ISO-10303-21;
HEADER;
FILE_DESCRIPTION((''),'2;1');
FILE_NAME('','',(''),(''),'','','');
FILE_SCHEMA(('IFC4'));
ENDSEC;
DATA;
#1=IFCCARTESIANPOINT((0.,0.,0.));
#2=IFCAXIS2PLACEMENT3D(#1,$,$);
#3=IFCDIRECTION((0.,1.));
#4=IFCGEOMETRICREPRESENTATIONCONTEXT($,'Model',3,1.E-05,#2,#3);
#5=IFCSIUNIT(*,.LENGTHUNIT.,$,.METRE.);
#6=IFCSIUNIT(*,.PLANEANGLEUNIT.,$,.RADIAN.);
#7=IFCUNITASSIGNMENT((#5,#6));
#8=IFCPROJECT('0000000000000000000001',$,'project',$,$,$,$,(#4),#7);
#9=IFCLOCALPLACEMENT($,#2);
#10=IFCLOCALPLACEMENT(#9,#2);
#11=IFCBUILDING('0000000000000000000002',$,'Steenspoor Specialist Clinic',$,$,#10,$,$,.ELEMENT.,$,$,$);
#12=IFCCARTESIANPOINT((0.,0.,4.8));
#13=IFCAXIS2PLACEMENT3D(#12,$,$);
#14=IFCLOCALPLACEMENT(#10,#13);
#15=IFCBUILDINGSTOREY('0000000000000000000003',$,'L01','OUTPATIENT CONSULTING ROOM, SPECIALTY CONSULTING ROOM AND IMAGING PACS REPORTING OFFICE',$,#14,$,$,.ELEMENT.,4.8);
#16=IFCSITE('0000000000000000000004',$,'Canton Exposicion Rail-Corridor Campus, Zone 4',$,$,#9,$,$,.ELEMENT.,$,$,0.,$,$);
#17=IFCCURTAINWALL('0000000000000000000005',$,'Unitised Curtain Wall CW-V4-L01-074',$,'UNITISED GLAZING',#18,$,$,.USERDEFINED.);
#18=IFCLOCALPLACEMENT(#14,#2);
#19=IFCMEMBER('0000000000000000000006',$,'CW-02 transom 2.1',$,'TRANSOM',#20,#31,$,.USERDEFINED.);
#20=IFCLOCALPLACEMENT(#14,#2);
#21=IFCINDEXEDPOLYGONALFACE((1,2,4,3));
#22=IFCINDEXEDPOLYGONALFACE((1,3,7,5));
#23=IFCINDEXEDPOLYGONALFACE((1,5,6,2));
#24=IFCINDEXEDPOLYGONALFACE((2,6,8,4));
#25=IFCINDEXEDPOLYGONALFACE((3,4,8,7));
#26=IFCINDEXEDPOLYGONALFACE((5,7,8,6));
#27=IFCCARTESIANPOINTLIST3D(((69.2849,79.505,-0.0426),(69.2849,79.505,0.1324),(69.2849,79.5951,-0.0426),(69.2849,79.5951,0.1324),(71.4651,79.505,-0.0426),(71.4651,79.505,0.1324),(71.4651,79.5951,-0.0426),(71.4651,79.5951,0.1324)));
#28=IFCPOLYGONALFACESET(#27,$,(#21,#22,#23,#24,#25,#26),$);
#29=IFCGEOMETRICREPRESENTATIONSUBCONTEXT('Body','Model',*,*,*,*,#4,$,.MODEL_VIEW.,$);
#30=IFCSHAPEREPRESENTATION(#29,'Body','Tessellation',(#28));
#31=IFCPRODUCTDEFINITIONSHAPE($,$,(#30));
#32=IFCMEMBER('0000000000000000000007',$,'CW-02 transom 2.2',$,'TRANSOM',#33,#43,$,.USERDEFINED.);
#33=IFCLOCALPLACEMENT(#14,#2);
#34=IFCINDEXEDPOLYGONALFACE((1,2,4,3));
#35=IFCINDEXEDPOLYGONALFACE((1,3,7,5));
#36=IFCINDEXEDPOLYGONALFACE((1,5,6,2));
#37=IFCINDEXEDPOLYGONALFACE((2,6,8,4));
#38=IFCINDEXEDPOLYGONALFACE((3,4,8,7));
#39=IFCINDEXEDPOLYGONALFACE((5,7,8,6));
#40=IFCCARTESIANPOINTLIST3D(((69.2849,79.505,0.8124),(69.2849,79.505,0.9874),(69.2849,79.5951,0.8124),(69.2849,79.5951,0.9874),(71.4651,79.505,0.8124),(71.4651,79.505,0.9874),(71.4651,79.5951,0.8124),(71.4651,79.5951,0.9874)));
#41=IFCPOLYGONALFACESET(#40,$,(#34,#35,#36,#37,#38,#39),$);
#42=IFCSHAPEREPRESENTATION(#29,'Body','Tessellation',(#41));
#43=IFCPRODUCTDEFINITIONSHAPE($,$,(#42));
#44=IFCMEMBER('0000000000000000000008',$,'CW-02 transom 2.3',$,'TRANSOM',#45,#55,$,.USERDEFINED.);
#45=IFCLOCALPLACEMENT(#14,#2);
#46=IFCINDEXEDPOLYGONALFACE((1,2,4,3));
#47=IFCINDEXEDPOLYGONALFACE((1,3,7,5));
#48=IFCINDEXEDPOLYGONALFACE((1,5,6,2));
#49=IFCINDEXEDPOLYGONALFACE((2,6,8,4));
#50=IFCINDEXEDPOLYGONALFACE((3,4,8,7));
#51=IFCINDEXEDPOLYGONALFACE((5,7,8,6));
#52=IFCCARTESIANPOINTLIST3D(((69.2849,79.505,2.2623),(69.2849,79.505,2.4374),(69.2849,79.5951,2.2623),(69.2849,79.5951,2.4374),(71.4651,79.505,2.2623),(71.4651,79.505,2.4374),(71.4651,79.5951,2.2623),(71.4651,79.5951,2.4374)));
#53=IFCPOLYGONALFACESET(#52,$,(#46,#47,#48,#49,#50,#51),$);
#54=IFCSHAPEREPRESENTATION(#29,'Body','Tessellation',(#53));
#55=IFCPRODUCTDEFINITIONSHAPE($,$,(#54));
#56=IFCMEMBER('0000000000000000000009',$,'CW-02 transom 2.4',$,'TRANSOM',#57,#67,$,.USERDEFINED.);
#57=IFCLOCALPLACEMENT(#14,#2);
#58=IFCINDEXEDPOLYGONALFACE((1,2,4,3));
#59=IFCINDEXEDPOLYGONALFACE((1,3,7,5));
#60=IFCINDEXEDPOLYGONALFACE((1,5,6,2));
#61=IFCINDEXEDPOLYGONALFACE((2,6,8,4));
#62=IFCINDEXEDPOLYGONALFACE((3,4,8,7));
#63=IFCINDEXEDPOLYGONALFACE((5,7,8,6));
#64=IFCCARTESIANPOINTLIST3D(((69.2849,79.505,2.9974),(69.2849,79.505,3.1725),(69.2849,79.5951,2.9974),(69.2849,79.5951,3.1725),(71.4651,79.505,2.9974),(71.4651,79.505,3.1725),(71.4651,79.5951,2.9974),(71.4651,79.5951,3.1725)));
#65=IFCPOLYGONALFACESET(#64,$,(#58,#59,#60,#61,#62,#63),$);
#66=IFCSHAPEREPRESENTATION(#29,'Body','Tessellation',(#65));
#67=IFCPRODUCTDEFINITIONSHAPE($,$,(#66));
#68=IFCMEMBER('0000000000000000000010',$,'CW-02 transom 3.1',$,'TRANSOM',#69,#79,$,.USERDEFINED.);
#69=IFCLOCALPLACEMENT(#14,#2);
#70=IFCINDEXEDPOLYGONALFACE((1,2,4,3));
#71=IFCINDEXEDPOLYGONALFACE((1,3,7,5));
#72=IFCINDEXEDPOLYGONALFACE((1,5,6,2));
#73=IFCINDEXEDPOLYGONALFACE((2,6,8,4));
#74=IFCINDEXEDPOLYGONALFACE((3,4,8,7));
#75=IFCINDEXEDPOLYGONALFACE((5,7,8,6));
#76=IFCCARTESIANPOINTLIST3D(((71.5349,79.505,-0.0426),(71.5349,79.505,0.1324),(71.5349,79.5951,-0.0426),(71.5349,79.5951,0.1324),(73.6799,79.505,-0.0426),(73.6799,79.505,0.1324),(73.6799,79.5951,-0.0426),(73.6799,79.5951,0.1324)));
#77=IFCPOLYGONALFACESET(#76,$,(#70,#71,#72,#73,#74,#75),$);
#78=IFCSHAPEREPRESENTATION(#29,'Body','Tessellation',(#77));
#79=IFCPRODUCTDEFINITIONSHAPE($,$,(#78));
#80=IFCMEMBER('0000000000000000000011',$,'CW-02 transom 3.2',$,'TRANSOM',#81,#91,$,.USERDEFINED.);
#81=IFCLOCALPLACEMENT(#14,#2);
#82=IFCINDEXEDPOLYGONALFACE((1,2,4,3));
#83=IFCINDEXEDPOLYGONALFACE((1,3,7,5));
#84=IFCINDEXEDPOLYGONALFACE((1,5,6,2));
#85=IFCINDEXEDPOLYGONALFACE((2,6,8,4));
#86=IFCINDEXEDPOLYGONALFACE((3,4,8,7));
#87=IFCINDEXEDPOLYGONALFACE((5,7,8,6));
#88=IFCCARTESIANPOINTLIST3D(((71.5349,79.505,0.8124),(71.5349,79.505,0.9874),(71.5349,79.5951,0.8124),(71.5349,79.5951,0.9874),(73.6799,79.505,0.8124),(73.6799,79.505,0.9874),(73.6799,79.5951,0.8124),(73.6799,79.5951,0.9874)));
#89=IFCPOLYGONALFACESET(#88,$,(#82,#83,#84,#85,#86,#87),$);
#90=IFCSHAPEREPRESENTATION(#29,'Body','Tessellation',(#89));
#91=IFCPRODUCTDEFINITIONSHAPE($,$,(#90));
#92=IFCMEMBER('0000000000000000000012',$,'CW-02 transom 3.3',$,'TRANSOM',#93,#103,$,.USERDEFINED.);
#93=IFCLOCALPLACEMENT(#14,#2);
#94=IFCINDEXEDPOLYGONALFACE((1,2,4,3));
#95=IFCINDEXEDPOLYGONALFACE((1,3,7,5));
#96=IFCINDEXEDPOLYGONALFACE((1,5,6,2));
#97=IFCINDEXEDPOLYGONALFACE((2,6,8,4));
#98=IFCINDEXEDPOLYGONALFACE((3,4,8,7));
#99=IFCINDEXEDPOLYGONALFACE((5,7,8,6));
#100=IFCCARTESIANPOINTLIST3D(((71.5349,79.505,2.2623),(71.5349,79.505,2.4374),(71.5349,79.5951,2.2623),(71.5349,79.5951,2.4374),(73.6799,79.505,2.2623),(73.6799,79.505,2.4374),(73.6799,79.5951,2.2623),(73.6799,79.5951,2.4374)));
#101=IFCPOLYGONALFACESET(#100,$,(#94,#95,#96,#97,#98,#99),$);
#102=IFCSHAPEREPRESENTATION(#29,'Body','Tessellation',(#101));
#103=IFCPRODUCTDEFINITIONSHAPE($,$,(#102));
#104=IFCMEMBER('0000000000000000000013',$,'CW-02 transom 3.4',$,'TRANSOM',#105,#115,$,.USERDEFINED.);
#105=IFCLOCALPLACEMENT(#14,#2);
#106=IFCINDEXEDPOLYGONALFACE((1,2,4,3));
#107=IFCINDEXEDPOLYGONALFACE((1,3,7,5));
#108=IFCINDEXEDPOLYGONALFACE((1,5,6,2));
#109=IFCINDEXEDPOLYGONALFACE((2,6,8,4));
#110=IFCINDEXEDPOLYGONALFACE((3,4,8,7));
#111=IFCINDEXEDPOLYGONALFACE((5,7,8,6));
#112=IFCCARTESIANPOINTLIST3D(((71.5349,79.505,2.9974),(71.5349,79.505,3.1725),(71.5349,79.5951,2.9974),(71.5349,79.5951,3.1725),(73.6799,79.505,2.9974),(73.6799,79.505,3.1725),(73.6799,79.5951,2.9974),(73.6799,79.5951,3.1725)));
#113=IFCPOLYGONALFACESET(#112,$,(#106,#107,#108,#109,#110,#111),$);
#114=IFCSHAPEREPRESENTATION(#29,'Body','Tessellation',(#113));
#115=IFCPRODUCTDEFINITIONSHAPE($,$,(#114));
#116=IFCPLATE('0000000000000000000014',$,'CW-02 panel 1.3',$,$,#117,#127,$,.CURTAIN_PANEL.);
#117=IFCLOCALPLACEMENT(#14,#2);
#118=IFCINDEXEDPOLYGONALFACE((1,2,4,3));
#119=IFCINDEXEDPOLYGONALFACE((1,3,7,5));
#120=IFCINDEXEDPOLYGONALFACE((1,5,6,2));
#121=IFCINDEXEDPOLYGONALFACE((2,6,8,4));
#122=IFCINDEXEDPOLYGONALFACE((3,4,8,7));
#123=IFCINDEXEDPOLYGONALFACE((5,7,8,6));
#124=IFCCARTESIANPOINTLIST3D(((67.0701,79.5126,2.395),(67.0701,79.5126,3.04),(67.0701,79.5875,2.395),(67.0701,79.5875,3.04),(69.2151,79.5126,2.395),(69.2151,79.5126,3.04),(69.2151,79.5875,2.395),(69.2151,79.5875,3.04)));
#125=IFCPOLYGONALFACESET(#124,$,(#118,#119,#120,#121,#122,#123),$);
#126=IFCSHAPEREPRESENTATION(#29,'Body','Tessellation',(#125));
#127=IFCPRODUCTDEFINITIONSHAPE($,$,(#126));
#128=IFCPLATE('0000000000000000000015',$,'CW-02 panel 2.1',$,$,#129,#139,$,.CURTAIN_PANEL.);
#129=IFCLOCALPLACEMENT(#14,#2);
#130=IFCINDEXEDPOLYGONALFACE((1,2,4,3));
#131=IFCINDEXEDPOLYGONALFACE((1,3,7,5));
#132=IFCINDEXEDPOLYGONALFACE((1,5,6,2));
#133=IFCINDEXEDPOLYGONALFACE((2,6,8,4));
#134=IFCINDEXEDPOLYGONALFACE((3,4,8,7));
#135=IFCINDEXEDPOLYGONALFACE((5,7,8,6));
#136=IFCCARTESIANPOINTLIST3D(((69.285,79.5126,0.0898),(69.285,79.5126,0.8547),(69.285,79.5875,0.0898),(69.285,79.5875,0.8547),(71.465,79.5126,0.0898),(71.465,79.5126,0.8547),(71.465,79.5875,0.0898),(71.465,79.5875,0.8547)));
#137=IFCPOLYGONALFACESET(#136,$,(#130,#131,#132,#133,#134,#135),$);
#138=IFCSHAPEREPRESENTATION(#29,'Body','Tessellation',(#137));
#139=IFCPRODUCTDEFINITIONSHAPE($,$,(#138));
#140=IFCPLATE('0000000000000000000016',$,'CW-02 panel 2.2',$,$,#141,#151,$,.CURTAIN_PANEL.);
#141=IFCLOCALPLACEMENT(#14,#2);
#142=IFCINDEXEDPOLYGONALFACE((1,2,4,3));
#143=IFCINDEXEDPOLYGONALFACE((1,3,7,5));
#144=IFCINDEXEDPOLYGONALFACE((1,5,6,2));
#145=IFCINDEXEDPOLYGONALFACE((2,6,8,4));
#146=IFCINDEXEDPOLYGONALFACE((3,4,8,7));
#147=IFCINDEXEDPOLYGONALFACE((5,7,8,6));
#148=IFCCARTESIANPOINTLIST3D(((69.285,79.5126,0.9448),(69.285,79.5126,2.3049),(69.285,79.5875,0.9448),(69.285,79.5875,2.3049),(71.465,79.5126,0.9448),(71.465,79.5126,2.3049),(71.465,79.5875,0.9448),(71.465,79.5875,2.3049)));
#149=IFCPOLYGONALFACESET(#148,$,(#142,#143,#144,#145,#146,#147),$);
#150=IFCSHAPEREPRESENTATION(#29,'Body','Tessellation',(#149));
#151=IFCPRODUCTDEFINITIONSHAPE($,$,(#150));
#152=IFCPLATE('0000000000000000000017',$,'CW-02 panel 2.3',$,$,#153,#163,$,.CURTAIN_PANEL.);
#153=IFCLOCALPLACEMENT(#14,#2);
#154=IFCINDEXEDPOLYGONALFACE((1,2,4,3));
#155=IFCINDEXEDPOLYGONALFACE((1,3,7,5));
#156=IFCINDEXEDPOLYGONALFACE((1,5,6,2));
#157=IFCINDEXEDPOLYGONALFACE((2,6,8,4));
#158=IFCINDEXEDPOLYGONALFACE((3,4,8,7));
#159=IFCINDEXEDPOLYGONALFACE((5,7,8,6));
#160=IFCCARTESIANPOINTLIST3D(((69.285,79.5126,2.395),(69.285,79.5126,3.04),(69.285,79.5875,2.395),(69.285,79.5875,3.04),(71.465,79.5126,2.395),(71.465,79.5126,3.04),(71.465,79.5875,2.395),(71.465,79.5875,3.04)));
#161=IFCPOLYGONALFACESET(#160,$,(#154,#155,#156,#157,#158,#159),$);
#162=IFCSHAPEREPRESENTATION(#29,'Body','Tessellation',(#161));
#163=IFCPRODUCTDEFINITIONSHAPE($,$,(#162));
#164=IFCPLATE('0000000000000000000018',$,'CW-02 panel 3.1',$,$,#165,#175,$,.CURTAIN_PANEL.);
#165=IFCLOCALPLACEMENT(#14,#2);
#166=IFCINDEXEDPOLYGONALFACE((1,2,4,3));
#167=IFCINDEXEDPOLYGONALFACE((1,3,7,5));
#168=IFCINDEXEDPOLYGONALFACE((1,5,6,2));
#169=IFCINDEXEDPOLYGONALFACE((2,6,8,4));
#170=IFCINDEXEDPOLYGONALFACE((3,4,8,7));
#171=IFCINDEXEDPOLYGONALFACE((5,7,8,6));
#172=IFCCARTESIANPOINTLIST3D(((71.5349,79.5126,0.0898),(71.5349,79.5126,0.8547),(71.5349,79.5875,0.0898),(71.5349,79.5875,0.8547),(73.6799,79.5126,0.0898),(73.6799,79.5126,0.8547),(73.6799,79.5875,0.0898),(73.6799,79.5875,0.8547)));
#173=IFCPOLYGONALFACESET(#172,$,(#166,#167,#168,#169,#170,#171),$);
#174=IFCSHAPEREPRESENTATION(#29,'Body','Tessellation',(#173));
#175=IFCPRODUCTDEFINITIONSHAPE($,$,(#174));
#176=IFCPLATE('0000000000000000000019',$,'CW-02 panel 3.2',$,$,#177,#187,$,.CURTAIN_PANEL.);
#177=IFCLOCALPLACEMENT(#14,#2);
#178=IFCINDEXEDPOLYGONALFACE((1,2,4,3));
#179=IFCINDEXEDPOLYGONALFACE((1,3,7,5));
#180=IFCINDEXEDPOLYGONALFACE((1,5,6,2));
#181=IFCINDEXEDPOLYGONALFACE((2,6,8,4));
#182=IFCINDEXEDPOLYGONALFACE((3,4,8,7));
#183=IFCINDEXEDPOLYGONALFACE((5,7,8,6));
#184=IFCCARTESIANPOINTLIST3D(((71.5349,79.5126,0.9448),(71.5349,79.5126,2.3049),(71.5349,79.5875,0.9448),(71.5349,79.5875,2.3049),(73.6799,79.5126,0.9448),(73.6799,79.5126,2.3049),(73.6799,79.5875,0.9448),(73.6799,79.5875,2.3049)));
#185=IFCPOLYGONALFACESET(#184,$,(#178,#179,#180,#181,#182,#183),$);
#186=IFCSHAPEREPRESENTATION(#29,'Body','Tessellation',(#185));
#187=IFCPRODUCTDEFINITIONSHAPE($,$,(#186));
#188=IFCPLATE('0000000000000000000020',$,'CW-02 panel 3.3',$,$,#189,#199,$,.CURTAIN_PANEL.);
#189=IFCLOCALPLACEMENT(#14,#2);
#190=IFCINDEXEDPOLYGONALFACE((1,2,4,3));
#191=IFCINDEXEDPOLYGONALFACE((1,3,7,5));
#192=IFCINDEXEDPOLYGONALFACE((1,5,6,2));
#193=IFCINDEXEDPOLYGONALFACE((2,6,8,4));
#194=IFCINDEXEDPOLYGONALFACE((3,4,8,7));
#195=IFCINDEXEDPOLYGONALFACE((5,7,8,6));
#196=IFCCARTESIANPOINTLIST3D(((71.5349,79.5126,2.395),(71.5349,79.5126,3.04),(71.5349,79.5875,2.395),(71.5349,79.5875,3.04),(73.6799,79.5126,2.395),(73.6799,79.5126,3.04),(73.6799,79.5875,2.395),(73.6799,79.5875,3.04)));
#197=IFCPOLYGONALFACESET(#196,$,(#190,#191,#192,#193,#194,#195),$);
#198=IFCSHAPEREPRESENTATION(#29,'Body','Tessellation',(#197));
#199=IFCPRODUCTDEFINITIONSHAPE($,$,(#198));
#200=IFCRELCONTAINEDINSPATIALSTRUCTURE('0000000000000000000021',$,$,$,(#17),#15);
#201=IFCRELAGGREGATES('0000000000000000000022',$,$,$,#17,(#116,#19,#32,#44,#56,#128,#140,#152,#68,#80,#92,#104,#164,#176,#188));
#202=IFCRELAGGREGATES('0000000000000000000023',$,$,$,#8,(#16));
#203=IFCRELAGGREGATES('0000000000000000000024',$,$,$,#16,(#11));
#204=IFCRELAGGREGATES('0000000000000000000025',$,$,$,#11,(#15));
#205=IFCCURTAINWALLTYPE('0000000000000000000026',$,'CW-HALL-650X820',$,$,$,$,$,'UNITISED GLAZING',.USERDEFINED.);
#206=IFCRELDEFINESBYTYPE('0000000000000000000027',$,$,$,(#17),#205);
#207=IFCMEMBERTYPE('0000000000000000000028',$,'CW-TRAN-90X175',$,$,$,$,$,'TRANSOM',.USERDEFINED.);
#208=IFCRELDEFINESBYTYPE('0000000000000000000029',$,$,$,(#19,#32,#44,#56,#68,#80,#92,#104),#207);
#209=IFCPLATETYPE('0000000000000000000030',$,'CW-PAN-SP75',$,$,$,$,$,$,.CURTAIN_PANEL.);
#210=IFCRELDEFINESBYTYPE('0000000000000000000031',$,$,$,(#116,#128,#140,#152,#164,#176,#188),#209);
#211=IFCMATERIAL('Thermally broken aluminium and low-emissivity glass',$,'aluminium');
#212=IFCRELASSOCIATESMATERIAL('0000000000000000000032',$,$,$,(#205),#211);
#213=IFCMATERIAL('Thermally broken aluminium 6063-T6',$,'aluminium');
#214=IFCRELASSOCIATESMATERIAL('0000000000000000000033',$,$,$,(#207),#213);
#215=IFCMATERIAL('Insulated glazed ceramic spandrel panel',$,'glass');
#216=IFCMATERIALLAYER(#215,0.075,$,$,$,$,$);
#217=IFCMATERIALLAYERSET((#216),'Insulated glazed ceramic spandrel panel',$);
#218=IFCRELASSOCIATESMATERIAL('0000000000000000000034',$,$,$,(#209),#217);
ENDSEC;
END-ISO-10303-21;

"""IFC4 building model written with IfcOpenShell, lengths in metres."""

from ifc_helpers import new_model, si_unit, direction, frame, origin, origin_2d, place, context, subcontext, project, spatial, rectangle, extrude, material, layer, layer_set, material_profile, profile_set, type_object, element, aggregate, save


model = new_model("IFC4")

# Units and contexts
model_context = context("Model", 3, precision=1e-05, world=origin(), true_north=direction((0.0, 1.0)))
body_context = subcontext(model_context, "Body", "Model", "MODEL_VIEW")
ifc_project = project(units=[si_unit("LENGTHUNIT", "METRE"), si_unit("PLANEANGLEUNIT", "RADIAN")], contexts=[model_context])

# Site, building, storey
site_placement = place(None, origin())
site = spatial("IfcSite", under=ifc_project, at=site_placement, Name="Canton Exposicion Rail-Corridor Campus, Zone 4", CompositionType="ELEMENT", RefElevation=0.0)
building_placement = place(site_placement, origin())
building = spatial("IfcBuilding", under=site, at=building_placement, Name="Steenspoor Specialist Clinic", CompositionType="ELEMENT")
storey_placement = place(building_placement, frame((0.0, 0.0, 4.8)))
storey = spatial("IfcBuildingStorey", under=building, at=storey_placement, Name="L01", Description="OUTPATIENT CONSULTING ROOM, SPECIALTY CONSULTING ROOM AND IMAGING PACS REPORTING OFFICE", CompositionType="ELEMENT", Elevation=4.8)

# Shared definitions
ifc_material_1 = material(Name="Thermally broken aluminium and low-emissivity glass", Category="aluminium")
ifc_material_2 = material(Name="Thermally broken aluminium 6063-T6", Category="aluminium")

# Curtain wall
curtain_wall_type_1 = type_object("IfcCurtainWallType", Name="CW-HALL-650X820", ElementType="UNITISED GLAZING", PredefinedType="USERDEFINED", material=ifc_material_1)
curtain_wall_1_placement = place(storey_placement, origin())
curtain_wall_1 = element("IfcCurtainWall", 1, at=curtain_wall_1_placement, inside=storey, type_object=curtain_wall_type_1, Name="Unitised Curtain Wall CW-V4-L01-074", ObjectType="UNITISED GLAZING", PredefinedType="USERDEFINED")

# Members
ifc_material_profile_1 = material_profile(ifc_material_2, rectangle(XDim=0.0901, YDim=0.175, at=origin_2d()), Name="CWT-90X175")
ifc_profile_set_1 = profile_set([ifc_material_profile_1], Name="Thermally broken aluminium 6063-T6")
member_type_1 = type_object("IfcMemberType", Name="CW-TRAN-90X175", ElementType="TRANSOM", PredefinedType="USERDEFINED", material=ifc_profile_set_1)
member_1_placement = place(storey_placement, frame((69.2849, 79.55, 0.0449), z_axis=(1.0, 0.0, 0.0), x_axis=(0.0, 1.0, 0.0)))
member_1 = element("IfcMember", 2, at=member_1_placement, type_object=member_type_1, Name="CW-02 transom 2.1", ObjectType="TRANSOM", PredefinedType="USERDEFINED", context=body_context, shape_type="SweptSolid", body=[
    extrude(rectangle(XDim=0.0901, YDim=0.175, at=origin_2d()), origin(), (0.0, 0.0, 1.0), 2.1802),
])
member_2_placement = place(storey_placement, frame((69.2849, 79.55, 0.8999), z_axis=(1.0, 0.0, 0.0), x_axis=(0.0, 1.0, 0.0)))
member_2 = element("IfcMember", 3, at=member_2_placement, type_object=member_type_1, Name="CW-02 transom 2.2", ObjectType="TRANSOM", PredefinedType="USERDEFINED", context=body_context, shape_type="SweptSolid", body=[
    extrude(rectangle(XDim=0.0901, YDim=0.175, at=origin_2d()), origin(), (0.0, 0.0, 1.0), 2.1802),
])
member_3_placement = place(storey_placement, frame((69.2849, 79.55, 2.3499), z_axis=(1.0, 0.0, 0.0), x_axis=(0.0, 1.0, 0.0)))
member_3 = element("IfcMember", 4, at=member_3_placement, type_object=member_type_1, Name="CW-02 transom 2.3", ObjectType="TRANSOM", PredefinedType="USERDEFINED", context=body_context, shape_type="SweptSolid", body=[
    extrude(rectangle(XDim=0.0901, YDim=0.175, at=origin_2d()), origin(), (0.0, 0.0, 1.0), 2.1802),
])
member_4_placement = place(storey_placement, frame((69.2849, 79.55, 3.085), z_axis=(1.0, 0.0, 0.0), x_axis=(0.0, 1.0, 0.0)))
member_4 = element("IfcMember", 5, at=member_4_placement, type_object=member_type_1, Name="CW-02 transom 2.4", ObjectType="TRANSOM", PredefinedType="USERDEFINED", context=body_context, shape_type="SweptSolid", body=[
    extrude(rectangle(XDim=0.0901, YDim=0.175, at=origin_2d()), origin(), (0.0, 0.0, 1.0), 2.1802),
])
member_5_placement = place(storey_placement, frame((71.5349, 79.55, 0.0449), z_axis=(1.0, 0.0, 0.0), x_axis=(0.0, 1.0, 0.0)))
member_5 = element("IfcMember", 6, at=member_5_placement, type_object=member_type_1, Name="CW-02 transom 3.1", ObjectType="TRANSOM", PredefinedType="USERDEFINED", context=body_context, shape_type="SweptSolid", body=[
    extrude(rectangle(XDim=0.0901, YDim=0.175, at=origin_2d()), origin(), (0.0, 0.0, 1.0), 2.145),
])
member_6_placement = place(storey_placement, frame((71.5349, 79.55, 0.8999), z_axis=(1.0, 0.0, 0.0), x_axis=(0.0, 1.0, 0.0)))
member_6 = element("IfcMember", 7, at=member_6_placement, type_object=member_type_1, Name="CW-02 transom 3.2", ObjectType="TRANSOM", PredefinedType="USERDEFINED", context=body_context, shape_type="SweptSolid", body=[
    extrude(rectangle(XDim=0.0901, YDim=0.175, at=origin_2d()), origin(), (0.0, 0.0, 1.0), 2.145),
])
member_7_placement = place(storey_placement, frame((71.5349, 79.55, 2.3499), z_axis=(1.0, 0.0, 0.0), x_axis=(0.0, 1.0, 0.0)))
member_7 = element("IfcMember", 8, at=member_7_placement, type_object=member_type_1, Name="CW-02 transom 3.3", ObjectType="TRANSOM", PredefinedType="USERDEFINED", context=body_context, shape_type="SweptSolid", body=[
    extrude(rectangle(XDim=0.0901, YDim=0.175, at=origin_2d()), origin(), (0.0, 0.0, 1.0), 2.145),
])
member_8_placement = place(storey_placement, frame((71.5349, 79.55, 3.085), z_axis=(1.0, 0.0, 0.0), x_axis=(0.0, 1.0, 0.0)))
member_8 = element("IfcMember", 9, at=member_8_placement, type_object=member_type_1, Name="CW-02 transom 3.4", ObjectType="TRANSOM", PredefinedType="USERDEFINED", context=body_context, shape_type="SweptSolid", body=[
    extrude(rectangle(XDim=0.0901, YDim=0.175, at=origin_2d()), origin(), (0.0, 0.0, 1.0), 2.145),
])

# Plates
ifc_material_3 = material(Name="Insulated glazed ceramic spandrel panel", Category="glass")
ifc_layer_1 = layer(ifc_material_3, 0.075)
ifc_layer_set_1 = layer_set([ifc_layer_1], Name="Insulated glazed ceramic spandrel panel")
plate_type = type_object("IfcPlateType", Name="CW-PAN-SP75", PredefinedType="CURTAIN_PANEL", material=ifc_layer_set_1)
plate_1_placement = place(storey_placement, frame((68.1426, 79.55, 2.395), z_axis=(0.0, 0.0, 1.0), x_axis=(1.0, 0.0, 0.0)))
plate_1 = element("IfcPlate", 10, at=plate_1_placement, type_object=plate_type, Name="CW-02 panel 1.3", PredefinedType="CURTAIN_PANEL", context=body_context, shape_type="SweptSolid", body=[
    extrude(rectangle(XDim=2.145, YDim=0.075, at=origin_2d()), origin(), (0.0, 0.0, 1.0), 0.645),
])
plate_2_placement = place(storey_placement, frame((70.375, 79.55, 0.0898), z_axis=(0.0, 0.0, 1.0), x_axis=(1.0, 0.0, 0.0)))
plate_2 = element("IfcPlate", 11, at=plate_2_placement, type_object=plate_type, Name="CW-02 panel 2.1", PredefinedType="CURTAIN_PANEL", context=body_context, shape_type="SweptSolid", body=[
    extrude(rectangle(XDim=2.1799, YDim=0.075, at=origin_2d()), origin(), (0.0, 0.0, 1.0), 0.7649),
])
plate_3_placement = place(storey_placement, frame((70.375, 79.55, 0.9448), z_axis=(0.0, 0.0, 1.0), x_axis=(1.0, 0.0, 0.0)))
plate_3 = element("IfcPlate", 12, at=plate_3_placement, type_object=plate_type, Name="CW-02 panel 2.2", PredefinedType="CURTAIN_PANEL", context=body_context, shape_type="SweptSolid", body=[
    extrude(rectangle(XDim=2.1799, YDim=0.075, at=origin_2d()), origin(), (0.0, 0.0, 1.0), 1.3601),
])
plate_4_placement = place(storey_placement, frame((70.375, 79.55, 2.395), z_axis=(0.0, 0.0, 1.0), x_axis=(1.0, 0.0, 0.0)))
plate_4 = element("IfcPlate", 13, at=plate_4_placement, type_object=plate_type, Name="CW-02 panel 2.3", PredefinedType="CURTAIN_PANEL", context=body_context, shape_type="SweptSolid", body=[
    extrude(rectangle(XDim=2.1799, YDim=0.075, at=origin_2d()), origin(), (0.0, 0.0, 1.0), 0.645),
])
plate_5_placement = place(storey_placement, frame((72.6074, 79.55, 0.0898), z_axis=(0.0, 0.0, 1.0), x_axis=(1.0, 0.0, 0.0)))
plate_5 = element("IfcPlate", 14, at=plate_5_placement, type_object=plate_type, Name="CW-02 panel 3.1", PredefinedType="CURTAIN_PANEL", context=body_context, shape_type="SweptSolid", body=[
    extrude(rectangle(XDim=2.145, YDim=0.075, at=origin_2d()), origin(), (0.0, 0.0, 1.0), 0.7649),
])
plate_6_placement = place(storey_placement, frame((72.6074, 79.55, 0.9448), z_axis=(0.0, 0.0, 1.0), x_axis=(1.0, 0.0, 0.0)))
plate_6 = element("IfcPlate", 15, at=plate_6_placement, type_object=plate_type, Name="CW-02 panel 3.2", PredefinedType="CURTAIN_PANEL", context=body_context, shape_type="SweptSolid", body=[
    extrude(rectangle(XDim=2.145, YDim=0.075, at=origin_2d()), origin(), (0.0, 0.0, 1.0), 1.3601),
])
plate_7_placement = place(storey_placement, frame((72.6074, 79.55, 2.395), z_axis=(0.0, 0.0, 1.0), x_axis=(1.0, 0.0, 0.0)))
plate_7 = element("IfcPlate", 16, at=plate_7_placement, type_object=plate_type, Name="CW-02 panel 3.3", PredefinedType="CURTAIN_PANEL", context=body_context, shape_type="SweptSolid", body=[
    extrude(rectangle(XDim=2.145, YDim=0.075, at=origin_2d()), origin(), (0.0, 0.0, 1.0), 0.645),
])
aggregate(curtain_wall_1, [plate_1, member_1, member_2, member_3, member_4, plate_2, plate_3, plate_4, member_5, member_6, member_7, member_8, plate_5, plate_6, plate_7])

save(model, "model.ifc")
